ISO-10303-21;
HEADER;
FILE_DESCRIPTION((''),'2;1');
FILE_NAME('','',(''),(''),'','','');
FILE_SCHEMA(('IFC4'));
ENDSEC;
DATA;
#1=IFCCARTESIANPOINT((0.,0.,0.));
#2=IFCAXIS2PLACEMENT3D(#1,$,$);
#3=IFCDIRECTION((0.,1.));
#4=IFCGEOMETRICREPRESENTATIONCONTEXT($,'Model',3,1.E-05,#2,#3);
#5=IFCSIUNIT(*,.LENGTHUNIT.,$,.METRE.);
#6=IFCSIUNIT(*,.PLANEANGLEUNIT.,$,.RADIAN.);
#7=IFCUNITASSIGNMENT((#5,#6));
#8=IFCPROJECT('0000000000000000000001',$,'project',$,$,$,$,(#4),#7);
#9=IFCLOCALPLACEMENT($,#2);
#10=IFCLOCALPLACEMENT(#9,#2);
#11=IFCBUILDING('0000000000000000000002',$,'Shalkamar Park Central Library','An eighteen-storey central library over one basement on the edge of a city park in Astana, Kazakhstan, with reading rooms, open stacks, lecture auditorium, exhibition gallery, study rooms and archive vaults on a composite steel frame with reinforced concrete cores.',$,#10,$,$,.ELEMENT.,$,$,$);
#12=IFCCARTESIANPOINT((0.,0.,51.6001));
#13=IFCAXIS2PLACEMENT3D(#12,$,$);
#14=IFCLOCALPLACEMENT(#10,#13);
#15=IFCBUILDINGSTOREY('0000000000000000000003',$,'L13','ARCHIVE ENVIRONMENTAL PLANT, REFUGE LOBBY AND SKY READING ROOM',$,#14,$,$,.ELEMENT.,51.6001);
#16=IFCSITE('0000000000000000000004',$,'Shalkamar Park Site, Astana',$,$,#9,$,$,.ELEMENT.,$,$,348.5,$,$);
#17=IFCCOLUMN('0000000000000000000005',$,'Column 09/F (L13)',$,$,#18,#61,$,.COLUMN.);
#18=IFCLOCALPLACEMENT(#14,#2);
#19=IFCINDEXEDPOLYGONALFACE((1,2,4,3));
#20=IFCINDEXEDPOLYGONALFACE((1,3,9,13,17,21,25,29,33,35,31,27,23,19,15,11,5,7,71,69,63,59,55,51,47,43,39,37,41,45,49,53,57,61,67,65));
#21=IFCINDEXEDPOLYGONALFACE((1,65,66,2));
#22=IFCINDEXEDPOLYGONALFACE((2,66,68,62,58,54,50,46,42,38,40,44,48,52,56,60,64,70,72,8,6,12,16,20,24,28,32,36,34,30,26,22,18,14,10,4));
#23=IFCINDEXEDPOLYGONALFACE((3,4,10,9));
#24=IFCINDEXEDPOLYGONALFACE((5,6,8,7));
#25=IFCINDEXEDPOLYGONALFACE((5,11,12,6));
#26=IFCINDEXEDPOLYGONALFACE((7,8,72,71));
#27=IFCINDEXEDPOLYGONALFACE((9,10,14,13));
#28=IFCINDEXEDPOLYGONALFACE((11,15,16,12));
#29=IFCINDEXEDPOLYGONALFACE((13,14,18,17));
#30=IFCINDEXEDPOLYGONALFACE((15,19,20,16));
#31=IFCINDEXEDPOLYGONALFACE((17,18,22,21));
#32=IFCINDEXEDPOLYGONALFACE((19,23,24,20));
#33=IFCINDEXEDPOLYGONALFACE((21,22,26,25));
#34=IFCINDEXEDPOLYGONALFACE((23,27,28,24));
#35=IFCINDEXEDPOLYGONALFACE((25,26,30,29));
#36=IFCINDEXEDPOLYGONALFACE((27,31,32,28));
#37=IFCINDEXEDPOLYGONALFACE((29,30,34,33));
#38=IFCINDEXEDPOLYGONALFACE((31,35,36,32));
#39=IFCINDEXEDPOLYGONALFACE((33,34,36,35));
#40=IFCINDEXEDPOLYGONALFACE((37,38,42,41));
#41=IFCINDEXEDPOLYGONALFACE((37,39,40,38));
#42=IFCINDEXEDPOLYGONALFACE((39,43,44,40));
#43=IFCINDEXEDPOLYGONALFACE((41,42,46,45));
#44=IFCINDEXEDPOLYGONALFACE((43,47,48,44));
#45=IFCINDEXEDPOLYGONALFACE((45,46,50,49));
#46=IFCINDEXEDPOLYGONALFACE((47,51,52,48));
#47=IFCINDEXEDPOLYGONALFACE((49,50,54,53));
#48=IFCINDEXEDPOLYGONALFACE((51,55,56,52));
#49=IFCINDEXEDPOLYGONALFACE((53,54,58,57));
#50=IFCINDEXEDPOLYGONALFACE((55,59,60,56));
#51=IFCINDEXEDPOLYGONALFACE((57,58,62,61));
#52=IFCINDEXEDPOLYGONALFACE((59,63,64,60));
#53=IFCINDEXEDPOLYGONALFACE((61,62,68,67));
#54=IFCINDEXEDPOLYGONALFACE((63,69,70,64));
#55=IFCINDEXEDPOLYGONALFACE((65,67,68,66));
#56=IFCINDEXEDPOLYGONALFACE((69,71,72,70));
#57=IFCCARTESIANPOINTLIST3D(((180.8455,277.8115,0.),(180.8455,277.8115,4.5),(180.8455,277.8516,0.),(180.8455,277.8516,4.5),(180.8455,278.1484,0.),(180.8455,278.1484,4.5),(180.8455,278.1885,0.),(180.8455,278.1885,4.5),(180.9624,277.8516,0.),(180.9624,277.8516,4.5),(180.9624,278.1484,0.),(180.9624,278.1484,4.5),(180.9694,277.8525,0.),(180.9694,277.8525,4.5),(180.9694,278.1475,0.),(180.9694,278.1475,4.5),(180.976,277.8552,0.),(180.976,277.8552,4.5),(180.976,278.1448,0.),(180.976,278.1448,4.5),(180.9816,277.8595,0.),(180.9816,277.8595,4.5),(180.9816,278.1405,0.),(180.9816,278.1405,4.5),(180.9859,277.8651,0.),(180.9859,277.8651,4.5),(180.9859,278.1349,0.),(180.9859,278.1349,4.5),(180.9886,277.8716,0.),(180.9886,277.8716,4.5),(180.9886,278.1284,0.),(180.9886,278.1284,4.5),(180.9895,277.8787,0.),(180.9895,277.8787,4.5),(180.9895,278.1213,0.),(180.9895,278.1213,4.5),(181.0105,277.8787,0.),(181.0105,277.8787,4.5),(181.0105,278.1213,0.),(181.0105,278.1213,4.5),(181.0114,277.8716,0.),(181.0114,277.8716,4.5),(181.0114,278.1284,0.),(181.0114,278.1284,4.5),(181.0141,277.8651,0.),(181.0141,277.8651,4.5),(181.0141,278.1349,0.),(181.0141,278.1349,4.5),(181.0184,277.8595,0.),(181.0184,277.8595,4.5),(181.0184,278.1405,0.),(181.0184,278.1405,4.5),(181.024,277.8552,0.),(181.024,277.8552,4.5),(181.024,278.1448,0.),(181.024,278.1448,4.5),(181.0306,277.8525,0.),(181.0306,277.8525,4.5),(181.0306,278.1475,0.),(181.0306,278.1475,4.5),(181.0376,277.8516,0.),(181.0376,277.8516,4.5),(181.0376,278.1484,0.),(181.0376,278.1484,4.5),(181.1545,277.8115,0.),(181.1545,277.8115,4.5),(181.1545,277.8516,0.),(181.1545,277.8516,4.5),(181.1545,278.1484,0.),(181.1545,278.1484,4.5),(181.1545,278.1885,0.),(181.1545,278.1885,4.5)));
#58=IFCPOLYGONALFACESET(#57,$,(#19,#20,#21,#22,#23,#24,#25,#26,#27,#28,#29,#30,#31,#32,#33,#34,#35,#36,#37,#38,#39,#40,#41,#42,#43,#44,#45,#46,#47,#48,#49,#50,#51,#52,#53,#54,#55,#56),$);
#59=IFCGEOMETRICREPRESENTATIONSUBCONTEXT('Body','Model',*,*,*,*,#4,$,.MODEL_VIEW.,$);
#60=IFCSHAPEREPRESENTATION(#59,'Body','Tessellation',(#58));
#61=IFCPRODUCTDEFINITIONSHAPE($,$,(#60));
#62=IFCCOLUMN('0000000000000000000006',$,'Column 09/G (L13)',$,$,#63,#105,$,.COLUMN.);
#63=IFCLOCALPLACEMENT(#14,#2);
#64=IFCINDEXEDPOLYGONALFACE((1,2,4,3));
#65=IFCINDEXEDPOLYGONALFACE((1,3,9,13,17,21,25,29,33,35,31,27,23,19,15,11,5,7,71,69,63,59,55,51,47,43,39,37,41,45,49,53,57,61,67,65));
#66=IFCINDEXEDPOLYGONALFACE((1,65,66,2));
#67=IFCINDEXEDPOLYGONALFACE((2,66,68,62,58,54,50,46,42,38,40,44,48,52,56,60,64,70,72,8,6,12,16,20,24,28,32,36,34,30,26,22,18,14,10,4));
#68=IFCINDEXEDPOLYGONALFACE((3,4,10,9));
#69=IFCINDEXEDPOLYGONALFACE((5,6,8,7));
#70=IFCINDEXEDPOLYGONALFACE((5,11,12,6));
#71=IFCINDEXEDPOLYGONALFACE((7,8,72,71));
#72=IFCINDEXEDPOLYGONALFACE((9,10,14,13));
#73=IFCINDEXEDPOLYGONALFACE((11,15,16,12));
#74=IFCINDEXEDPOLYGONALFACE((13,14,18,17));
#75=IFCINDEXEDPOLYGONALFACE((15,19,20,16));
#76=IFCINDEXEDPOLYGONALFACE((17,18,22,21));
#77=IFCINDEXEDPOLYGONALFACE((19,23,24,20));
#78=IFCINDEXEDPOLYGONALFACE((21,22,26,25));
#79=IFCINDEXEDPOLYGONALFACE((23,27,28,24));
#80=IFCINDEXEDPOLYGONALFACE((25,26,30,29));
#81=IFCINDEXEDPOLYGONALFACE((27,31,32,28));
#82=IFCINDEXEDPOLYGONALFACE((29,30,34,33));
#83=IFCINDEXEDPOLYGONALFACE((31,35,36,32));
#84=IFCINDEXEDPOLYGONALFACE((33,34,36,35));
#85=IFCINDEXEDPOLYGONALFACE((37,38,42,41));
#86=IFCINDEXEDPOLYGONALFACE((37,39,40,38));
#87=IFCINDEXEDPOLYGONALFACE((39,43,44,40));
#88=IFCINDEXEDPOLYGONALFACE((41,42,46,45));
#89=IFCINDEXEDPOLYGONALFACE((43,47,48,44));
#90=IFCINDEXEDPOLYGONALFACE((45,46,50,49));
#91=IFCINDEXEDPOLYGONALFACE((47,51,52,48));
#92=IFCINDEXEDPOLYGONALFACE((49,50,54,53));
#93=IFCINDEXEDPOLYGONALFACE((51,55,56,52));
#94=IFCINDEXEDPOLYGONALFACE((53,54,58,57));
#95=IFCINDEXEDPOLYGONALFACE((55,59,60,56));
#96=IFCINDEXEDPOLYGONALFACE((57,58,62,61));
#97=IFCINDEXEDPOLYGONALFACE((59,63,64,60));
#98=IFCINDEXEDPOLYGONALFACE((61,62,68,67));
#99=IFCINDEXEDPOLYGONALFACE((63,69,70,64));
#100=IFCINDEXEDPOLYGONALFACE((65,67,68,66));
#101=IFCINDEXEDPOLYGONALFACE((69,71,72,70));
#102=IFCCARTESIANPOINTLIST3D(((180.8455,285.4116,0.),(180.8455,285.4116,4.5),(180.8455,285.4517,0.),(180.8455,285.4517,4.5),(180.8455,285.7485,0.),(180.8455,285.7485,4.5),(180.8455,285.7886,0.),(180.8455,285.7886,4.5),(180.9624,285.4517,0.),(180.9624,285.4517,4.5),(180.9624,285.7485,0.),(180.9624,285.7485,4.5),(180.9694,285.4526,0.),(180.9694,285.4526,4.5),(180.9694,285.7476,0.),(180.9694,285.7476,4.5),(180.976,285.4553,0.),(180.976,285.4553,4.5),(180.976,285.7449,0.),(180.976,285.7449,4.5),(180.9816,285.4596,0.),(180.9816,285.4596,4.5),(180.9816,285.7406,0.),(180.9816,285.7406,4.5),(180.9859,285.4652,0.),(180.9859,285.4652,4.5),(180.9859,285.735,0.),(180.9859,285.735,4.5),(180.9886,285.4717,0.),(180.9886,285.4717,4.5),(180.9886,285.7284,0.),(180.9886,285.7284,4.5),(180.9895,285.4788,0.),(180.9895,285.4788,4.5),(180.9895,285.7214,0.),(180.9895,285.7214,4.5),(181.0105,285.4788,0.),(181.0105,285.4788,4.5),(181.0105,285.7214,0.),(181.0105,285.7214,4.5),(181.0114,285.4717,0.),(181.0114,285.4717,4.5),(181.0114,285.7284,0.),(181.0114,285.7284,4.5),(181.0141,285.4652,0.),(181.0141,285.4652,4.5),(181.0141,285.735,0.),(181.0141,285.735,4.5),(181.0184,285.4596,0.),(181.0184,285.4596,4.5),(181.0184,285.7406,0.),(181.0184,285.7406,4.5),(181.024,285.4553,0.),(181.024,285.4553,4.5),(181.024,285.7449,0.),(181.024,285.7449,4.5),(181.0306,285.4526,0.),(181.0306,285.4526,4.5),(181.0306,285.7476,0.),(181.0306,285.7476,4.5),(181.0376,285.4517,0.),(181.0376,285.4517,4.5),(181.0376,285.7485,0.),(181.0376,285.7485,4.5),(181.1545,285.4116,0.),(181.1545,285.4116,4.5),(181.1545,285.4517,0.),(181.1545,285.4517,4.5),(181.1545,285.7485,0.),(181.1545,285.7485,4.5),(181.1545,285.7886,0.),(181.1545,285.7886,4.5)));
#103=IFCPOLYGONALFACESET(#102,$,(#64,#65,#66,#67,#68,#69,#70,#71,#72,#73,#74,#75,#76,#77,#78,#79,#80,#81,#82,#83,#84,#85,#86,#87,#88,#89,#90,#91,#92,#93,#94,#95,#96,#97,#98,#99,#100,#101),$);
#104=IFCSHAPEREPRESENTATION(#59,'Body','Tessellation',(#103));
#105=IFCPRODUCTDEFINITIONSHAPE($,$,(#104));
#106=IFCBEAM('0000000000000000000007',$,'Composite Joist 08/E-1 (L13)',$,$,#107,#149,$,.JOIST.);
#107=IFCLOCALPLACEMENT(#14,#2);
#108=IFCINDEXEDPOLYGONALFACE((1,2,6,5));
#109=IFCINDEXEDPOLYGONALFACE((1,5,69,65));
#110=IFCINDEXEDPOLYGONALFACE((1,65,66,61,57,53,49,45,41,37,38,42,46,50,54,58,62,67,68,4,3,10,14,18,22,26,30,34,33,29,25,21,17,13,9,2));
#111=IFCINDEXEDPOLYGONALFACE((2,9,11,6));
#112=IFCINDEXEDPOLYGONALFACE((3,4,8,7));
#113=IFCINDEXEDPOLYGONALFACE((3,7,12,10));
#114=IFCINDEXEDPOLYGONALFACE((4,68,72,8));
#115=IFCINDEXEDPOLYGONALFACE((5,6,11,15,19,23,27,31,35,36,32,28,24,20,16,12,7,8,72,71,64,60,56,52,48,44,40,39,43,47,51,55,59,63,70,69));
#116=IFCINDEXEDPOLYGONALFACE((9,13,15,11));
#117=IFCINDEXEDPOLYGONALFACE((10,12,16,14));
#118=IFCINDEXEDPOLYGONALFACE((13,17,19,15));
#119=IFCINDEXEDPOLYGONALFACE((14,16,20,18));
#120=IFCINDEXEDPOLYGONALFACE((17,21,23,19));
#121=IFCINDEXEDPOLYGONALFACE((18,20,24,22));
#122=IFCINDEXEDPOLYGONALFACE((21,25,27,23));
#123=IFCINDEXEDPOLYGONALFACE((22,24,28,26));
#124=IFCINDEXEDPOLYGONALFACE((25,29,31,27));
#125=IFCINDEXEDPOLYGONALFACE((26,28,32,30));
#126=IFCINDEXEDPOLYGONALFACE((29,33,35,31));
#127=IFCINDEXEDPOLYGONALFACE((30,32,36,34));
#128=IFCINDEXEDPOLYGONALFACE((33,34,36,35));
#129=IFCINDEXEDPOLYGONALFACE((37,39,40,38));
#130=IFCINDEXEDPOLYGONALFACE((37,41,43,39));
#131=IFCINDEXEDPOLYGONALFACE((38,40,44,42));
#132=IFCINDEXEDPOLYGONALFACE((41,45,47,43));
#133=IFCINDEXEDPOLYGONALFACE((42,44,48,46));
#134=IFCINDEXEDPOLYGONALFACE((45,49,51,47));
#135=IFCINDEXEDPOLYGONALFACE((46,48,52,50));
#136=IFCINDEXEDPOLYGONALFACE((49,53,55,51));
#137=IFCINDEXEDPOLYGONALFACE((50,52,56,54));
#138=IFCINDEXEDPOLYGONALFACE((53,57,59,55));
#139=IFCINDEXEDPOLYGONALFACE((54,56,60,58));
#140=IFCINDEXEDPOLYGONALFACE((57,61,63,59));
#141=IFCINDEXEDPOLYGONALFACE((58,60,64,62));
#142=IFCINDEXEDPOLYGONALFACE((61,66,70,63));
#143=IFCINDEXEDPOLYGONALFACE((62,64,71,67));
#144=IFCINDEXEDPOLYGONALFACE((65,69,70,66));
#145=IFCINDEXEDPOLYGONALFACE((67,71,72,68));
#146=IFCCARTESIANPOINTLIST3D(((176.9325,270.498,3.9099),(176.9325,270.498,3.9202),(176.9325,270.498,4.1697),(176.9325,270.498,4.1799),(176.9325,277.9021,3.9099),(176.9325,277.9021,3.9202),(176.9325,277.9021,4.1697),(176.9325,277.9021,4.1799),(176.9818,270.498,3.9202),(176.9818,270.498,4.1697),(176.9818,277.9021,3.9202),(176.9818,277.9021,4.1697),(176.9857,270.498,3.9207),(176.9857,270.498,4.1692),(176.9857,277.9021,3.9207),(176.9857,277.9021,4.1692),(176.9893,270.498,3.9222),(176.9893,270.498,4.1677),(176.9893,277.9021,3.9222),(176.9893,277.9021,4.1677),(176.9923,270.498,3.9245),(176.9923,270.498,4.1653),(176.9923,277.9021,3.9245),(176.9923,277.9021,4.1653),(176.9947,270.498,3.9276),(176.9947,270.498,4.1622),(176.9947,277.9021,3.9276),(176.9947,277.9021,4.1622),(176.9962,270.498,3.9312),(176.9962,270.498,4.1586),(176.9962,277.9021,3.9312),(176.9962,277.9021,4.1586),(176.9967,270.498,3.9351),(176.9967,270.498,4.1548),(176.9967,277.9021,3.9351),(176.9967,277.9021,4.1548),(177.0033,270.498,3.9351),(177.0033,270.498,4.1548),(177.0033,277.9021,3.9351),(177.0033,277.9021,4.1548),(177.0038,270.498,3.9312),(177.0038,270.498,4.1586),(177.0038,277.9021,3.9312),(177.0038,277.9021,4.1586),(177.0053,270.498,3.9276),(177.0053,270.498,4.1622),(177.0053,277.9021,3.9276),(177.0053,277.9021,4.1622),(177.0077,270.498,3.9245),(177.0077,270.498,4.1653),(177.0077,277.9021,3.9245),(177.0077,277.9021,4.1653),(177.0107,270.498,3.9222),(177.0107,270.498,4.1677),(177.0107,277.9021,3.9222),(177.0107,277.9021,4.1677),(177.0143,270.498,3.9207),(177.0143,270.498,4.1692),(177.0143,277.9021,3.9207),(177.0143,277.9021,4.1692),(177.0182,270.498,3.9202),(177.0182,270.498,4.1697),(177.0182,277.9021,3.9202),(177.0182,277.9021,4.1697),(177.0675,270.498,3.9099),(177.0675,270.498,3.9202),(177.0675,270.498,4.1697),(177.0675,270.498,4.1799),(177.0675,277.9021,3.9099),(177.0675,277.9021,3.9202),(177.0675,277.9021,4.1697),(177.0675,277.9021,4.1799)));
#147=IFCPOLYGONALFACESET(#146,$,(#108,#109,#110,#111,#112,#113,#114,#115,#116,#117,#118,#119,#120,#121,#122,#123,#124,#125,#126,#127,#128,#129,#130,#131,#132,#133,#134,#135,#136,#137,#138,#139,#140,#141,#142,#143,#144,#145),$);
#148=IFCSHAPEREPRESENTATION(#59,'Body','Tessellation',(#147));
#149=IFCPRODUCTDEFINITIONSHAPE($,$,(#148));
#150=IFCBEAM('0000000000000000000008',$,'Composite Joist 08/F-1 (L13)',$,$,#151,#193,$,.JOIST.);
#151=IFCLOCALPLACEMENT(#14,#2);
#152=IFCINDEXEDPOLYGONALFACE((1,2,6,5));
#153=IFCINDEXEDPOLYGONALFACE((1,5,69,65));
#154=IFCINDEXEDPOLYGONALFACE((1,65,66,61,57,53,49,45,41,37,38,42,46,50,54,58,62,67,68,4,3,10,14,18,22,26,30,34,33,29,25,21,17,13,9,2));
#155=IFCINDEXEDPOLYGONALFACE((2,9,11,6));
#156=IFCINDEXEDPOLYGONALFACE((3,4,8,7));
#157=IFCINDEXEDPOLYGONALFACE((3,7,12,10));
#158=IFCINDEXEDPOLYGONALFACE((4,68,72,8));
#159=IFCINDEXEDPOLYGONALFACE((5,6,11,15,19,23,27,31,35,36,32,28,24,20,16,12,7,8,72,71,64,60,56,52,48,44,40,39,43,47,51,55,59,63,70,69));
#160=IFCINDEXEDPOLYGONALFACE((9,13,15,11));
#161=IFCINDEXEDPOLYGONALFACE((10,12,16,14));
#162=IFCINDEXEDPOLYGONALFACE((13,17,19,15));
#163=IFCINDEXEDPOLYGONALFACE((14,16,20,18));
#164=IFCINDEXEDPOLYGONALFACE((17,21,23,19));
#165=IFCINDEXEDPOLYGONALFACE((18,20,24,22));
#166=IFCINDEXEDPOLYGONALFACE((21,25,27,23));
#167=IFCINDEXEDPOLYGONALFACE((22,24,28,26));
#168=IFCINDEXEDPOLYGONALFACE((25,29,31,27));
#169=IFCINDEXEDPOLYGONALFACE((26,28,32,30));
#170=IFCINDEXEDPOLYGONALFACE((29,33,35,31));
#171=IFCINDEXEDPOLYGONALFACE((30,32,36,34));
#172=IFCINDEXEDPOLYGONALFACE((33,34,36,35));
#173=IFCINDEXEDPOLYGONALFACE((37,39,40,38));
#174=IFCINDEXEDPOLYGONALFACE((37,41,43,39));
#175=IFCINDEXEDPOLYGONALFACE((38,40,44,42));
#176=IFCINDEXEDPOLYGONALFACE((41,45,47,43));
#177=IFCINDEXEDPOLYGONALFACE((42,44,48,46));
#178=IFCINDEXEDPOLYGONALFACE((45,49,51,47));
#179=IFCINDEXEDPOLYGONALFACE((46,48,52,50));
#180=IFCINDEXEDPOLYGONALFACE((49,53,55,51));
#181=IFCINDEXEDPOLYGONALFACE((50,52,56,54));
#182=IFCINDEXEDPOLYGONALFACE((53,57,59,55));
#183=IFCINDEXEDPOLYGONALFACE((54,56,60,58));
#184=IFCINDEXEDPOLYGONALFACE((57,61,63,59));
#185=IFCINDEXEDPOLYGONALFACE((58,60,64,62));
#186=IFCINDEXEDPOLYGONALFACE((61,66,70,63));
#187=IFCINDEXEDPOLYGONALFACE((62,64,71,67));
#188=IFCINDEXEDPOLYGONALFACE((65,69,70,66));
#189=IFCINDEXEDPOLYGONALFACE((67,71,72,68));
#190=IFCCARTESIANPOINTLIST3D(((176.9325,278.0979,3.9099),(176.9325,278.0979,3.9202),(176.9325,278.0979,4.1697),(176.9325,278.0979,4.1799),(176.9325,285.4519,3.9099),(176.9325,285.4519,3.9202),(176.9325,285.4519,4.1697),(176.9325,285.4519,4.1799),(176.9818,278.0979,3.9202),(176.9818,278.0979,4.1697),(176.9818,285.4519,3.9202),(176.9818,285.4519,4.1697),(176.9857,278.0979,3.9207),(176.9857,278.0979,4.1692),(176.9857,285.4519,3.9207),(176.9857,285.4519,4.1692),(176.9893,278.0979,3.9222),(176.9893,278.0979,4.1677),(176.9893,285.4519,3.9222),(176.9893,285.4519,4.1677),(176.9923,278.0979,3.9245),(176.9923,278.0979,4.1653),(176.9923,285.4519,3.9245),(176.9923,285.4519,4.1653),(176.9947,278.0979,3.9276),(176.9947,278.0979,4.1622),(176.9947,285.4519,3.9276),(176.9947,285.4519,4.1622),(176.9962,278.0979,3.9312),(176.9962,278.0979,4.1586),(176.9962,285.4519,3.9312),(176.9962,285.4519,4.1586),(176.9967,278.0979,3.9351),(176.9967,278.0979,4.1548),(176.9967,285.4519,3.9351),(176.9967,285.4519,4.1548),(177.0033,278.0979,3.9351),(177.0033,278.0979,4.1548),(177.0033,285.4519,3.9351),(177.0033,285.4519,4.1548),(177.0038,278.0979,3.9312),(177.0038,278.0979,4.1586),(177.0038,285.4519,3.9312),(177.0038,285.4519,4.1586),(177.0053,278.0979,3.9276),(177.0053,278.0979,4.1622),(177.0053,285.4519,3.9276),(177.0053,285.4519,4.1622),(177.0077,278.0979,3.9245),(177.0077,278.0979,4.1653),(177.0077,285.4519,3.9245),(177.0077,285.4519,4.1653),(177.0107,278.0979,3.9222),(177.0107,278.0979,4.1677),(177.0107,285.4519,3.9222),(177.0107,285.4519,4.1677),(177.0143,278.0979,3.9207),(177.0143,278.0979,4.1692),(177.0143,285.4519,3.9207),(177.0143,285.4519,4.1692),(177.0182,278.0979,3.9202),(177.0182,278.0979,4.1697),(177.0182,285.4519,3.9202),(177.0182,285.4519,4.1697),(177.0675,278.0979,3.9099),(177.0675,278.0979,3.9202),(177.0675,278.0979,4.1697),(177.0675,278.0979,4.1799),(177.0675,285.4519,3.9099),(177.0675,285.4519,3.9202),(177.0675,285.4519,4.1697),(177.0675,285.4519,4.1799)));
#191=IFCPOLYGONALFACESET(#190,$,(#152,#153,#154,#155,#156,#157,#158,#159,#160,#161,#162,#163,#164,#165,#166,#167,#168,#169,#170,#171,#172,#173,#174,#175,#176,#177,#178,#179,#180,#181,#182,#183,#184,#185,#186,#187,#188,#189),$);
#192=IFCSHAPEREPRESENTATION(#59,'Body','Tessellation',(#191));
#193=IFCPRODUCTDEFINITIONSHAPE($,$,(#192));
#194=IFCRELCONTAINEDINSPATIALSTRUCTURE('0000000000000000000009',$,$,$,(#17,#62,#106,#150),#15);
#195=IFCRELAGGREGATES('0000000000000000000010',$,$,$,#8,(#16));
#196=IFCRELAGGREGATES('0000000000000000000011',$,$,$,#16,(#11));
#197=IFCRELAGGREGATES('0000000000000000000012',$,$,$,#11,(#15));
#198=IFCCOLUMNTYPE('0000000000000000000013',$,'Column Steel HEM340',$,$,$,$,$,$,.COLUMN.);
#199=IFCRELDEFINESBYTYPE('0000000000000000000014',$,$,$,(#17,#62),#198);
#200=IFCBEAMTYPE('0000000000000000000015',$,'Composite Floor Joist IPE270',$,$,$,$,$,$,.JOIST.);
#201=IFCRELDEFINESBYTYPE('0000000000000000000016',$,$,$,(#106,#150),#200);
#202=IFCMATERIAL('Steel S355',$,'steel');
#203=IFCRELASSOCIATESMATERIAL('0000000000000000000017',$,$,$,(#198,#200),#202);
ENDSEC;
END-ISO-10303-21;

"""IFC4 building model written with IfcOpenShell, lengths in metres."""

from ifc_helpers import new_model, si_unit, direction, frame, origin, origin_2d, place, context, subcontext, project, spatial, i_section, extrude, material, material_profile, profile_set, type_object, element, save


model = new_model("IFC4")

# Units and contexts
model_context = context("Model", 3, precision=1e-05, world=origin(), true_north=direction((0.0, 1.0)))
body_context = subcontext(model_context, "Body", "Model", "MODEL_VIEW")
ifc_project = project(units=[si_unit("LENGTHUNIT", "METRE"), si_unit("PLANEANGLEUNIT", "RADIAN")], contexts=[model_context])

# Site, building, storey
site_placement = place(None, origin())
site = spatial("IfcSite", under=ifc_project, at=site_placement, Name="Shalkamar Park Site, Astana", CompositionType="ELEMENT", RefElevation=348.5)
building_placement = place(site_placement, origin())
building = spatial("IfcBuilding", under=site, at=building_placement, Name="Shalkamar Park Central Library", Description="An eighteen-storey central library over one basement on the edge of a city park in Astana, Kazakhstan, with reading rooms, open stacks, lecture auditorium, exhibition gallery, study rooms and archive vaults on a composite steel frame with reinforced concrete cores.", CompositionType="ELEMENT")
storey_placement = place(building_placement, frame((0.0, 0.0, 51.6001)))
storey = spatial("IfcBuildingStorey", under=building, at=storey_placement, Name="L13", Description="ARCHIVE ENVIRONMENTAL PLANT, REFUGE LOBBY AND SKY READING ROOM", CompositionType="ELEMENT", Elevation=51.6001)

# Columns
ifc_material_1 = material(Name="Steel S355", Category="steel")
ifc_material_profile_1 = material_profile(ifc_material_1, i_section(OverallWidth=0.3091, OverallDepth=0.377, WebThickness=0.021, FlangeThickness=0.04, FilletRadius=0.0271, at=origin_2d()), Name="HEM 340")
ifc_profile_set_1 = profile_set([ifc_material_profile_1], Name="Steel S355")
column_type = type_object("IfcColumnType", Name="Column Steel HEM340", PredefinedType="COLUMN", material=ifc_profile_set_1)
for number, where, z_axis, x_axis, name in (
    (1, (181.0, 278.0, 0.0), (0.0, 0.0, 1.0), (1.0, 0.0, 0.0), "Column 09/F (L13)"),
    (2, (181.0, 285.6001, 0.0), (0.0, 0.0, 1.0), (1.0, 0.0, 0.0), "Column 09/G (L13)"),
):
    element("IfcColumn", number, at=place(storey_placement, frame(where, z_axis=z_axis, x_axis=x_axis)), inside=storey, type_object=column_type, Name=name, PredefinedType="COLUMN", context=body_context, shape_type="SweptSolid", body=[
        extrude(i_section(OverallWidth=0.3091, OverallDepth=0.377, WebThickness=0.021, FlangeThickness=0.04, FilletRadius=0.0271, at=origin_2d()), origin(), (0.0, 0.0, 1.0), 4.5),
    ])

# Beams
ifc_material_profile_2 = material_profile(ifc_material_1, i_section(OverallWidth=0.135, OverallDepth=0.27, WebThickness=0.0066, FlangeThickness=0.0103, FilletRadius=0.0149, at=origin_2d()), Name="IPE 270")
ifc_profile_set_2 = profile_set([ifc_material_profile_2], Name="Steel S355")
beam_type_1 = type_object("IfcBeamType", Name="Composite Floor Joist IPE270", PredefinedType="JOIST", material=ifc_profile_set_2)
beam_1_placement = place(storey_placement, frame((177.0, 270.498, 4.0449), z_axis=(0.0, 1.0, 0.0), x_axis=(-1.0, 0.0, 0.0)))
element("IfcBeam", 3, at=beam_1_placement, inside=storey, type_object=beam_type_1, Name="Composite Joist 08/E-1 (L13)", PredefinedType="JOIST", context=body_context, shape_type="SweptSolid", body=[
    extrude(i_section(OverallWidth=0.135, OverallDepth=0.27, WebThickness=0.0066, FlangeThickness=0.0103, FilletRadius=0.0149, at=origin_2d()), origin(), (0.0, 0.0, 1.0), 7.4041),
])
beam_2_placement = place(storey_placement, frame((177.0, 278.0979, 4.0449), z_axis=(0.0, 1.0, 0.0), x_axis=(-1.0, 0.0, 0.0)))
element("IfcBeam", 4, at=beam_2_placement, inside=storey, type_object=beam_type_1, Name="Composite Joist 08/F-1 (L13)", PredefinedType="JOIST", context=body_context, shape_type="SweptSolid", body=[
    extrude(i_section(OverallWidth=0.135, OverallDepth=0.27, WebThickness=0.0066, FlangeThickness=0.0103, FilletRadius=0.0149, at=origin_2d()), origin(), (0.0, 0.0, 1.0), 7.354),
])

save(model, "model.ifc")
